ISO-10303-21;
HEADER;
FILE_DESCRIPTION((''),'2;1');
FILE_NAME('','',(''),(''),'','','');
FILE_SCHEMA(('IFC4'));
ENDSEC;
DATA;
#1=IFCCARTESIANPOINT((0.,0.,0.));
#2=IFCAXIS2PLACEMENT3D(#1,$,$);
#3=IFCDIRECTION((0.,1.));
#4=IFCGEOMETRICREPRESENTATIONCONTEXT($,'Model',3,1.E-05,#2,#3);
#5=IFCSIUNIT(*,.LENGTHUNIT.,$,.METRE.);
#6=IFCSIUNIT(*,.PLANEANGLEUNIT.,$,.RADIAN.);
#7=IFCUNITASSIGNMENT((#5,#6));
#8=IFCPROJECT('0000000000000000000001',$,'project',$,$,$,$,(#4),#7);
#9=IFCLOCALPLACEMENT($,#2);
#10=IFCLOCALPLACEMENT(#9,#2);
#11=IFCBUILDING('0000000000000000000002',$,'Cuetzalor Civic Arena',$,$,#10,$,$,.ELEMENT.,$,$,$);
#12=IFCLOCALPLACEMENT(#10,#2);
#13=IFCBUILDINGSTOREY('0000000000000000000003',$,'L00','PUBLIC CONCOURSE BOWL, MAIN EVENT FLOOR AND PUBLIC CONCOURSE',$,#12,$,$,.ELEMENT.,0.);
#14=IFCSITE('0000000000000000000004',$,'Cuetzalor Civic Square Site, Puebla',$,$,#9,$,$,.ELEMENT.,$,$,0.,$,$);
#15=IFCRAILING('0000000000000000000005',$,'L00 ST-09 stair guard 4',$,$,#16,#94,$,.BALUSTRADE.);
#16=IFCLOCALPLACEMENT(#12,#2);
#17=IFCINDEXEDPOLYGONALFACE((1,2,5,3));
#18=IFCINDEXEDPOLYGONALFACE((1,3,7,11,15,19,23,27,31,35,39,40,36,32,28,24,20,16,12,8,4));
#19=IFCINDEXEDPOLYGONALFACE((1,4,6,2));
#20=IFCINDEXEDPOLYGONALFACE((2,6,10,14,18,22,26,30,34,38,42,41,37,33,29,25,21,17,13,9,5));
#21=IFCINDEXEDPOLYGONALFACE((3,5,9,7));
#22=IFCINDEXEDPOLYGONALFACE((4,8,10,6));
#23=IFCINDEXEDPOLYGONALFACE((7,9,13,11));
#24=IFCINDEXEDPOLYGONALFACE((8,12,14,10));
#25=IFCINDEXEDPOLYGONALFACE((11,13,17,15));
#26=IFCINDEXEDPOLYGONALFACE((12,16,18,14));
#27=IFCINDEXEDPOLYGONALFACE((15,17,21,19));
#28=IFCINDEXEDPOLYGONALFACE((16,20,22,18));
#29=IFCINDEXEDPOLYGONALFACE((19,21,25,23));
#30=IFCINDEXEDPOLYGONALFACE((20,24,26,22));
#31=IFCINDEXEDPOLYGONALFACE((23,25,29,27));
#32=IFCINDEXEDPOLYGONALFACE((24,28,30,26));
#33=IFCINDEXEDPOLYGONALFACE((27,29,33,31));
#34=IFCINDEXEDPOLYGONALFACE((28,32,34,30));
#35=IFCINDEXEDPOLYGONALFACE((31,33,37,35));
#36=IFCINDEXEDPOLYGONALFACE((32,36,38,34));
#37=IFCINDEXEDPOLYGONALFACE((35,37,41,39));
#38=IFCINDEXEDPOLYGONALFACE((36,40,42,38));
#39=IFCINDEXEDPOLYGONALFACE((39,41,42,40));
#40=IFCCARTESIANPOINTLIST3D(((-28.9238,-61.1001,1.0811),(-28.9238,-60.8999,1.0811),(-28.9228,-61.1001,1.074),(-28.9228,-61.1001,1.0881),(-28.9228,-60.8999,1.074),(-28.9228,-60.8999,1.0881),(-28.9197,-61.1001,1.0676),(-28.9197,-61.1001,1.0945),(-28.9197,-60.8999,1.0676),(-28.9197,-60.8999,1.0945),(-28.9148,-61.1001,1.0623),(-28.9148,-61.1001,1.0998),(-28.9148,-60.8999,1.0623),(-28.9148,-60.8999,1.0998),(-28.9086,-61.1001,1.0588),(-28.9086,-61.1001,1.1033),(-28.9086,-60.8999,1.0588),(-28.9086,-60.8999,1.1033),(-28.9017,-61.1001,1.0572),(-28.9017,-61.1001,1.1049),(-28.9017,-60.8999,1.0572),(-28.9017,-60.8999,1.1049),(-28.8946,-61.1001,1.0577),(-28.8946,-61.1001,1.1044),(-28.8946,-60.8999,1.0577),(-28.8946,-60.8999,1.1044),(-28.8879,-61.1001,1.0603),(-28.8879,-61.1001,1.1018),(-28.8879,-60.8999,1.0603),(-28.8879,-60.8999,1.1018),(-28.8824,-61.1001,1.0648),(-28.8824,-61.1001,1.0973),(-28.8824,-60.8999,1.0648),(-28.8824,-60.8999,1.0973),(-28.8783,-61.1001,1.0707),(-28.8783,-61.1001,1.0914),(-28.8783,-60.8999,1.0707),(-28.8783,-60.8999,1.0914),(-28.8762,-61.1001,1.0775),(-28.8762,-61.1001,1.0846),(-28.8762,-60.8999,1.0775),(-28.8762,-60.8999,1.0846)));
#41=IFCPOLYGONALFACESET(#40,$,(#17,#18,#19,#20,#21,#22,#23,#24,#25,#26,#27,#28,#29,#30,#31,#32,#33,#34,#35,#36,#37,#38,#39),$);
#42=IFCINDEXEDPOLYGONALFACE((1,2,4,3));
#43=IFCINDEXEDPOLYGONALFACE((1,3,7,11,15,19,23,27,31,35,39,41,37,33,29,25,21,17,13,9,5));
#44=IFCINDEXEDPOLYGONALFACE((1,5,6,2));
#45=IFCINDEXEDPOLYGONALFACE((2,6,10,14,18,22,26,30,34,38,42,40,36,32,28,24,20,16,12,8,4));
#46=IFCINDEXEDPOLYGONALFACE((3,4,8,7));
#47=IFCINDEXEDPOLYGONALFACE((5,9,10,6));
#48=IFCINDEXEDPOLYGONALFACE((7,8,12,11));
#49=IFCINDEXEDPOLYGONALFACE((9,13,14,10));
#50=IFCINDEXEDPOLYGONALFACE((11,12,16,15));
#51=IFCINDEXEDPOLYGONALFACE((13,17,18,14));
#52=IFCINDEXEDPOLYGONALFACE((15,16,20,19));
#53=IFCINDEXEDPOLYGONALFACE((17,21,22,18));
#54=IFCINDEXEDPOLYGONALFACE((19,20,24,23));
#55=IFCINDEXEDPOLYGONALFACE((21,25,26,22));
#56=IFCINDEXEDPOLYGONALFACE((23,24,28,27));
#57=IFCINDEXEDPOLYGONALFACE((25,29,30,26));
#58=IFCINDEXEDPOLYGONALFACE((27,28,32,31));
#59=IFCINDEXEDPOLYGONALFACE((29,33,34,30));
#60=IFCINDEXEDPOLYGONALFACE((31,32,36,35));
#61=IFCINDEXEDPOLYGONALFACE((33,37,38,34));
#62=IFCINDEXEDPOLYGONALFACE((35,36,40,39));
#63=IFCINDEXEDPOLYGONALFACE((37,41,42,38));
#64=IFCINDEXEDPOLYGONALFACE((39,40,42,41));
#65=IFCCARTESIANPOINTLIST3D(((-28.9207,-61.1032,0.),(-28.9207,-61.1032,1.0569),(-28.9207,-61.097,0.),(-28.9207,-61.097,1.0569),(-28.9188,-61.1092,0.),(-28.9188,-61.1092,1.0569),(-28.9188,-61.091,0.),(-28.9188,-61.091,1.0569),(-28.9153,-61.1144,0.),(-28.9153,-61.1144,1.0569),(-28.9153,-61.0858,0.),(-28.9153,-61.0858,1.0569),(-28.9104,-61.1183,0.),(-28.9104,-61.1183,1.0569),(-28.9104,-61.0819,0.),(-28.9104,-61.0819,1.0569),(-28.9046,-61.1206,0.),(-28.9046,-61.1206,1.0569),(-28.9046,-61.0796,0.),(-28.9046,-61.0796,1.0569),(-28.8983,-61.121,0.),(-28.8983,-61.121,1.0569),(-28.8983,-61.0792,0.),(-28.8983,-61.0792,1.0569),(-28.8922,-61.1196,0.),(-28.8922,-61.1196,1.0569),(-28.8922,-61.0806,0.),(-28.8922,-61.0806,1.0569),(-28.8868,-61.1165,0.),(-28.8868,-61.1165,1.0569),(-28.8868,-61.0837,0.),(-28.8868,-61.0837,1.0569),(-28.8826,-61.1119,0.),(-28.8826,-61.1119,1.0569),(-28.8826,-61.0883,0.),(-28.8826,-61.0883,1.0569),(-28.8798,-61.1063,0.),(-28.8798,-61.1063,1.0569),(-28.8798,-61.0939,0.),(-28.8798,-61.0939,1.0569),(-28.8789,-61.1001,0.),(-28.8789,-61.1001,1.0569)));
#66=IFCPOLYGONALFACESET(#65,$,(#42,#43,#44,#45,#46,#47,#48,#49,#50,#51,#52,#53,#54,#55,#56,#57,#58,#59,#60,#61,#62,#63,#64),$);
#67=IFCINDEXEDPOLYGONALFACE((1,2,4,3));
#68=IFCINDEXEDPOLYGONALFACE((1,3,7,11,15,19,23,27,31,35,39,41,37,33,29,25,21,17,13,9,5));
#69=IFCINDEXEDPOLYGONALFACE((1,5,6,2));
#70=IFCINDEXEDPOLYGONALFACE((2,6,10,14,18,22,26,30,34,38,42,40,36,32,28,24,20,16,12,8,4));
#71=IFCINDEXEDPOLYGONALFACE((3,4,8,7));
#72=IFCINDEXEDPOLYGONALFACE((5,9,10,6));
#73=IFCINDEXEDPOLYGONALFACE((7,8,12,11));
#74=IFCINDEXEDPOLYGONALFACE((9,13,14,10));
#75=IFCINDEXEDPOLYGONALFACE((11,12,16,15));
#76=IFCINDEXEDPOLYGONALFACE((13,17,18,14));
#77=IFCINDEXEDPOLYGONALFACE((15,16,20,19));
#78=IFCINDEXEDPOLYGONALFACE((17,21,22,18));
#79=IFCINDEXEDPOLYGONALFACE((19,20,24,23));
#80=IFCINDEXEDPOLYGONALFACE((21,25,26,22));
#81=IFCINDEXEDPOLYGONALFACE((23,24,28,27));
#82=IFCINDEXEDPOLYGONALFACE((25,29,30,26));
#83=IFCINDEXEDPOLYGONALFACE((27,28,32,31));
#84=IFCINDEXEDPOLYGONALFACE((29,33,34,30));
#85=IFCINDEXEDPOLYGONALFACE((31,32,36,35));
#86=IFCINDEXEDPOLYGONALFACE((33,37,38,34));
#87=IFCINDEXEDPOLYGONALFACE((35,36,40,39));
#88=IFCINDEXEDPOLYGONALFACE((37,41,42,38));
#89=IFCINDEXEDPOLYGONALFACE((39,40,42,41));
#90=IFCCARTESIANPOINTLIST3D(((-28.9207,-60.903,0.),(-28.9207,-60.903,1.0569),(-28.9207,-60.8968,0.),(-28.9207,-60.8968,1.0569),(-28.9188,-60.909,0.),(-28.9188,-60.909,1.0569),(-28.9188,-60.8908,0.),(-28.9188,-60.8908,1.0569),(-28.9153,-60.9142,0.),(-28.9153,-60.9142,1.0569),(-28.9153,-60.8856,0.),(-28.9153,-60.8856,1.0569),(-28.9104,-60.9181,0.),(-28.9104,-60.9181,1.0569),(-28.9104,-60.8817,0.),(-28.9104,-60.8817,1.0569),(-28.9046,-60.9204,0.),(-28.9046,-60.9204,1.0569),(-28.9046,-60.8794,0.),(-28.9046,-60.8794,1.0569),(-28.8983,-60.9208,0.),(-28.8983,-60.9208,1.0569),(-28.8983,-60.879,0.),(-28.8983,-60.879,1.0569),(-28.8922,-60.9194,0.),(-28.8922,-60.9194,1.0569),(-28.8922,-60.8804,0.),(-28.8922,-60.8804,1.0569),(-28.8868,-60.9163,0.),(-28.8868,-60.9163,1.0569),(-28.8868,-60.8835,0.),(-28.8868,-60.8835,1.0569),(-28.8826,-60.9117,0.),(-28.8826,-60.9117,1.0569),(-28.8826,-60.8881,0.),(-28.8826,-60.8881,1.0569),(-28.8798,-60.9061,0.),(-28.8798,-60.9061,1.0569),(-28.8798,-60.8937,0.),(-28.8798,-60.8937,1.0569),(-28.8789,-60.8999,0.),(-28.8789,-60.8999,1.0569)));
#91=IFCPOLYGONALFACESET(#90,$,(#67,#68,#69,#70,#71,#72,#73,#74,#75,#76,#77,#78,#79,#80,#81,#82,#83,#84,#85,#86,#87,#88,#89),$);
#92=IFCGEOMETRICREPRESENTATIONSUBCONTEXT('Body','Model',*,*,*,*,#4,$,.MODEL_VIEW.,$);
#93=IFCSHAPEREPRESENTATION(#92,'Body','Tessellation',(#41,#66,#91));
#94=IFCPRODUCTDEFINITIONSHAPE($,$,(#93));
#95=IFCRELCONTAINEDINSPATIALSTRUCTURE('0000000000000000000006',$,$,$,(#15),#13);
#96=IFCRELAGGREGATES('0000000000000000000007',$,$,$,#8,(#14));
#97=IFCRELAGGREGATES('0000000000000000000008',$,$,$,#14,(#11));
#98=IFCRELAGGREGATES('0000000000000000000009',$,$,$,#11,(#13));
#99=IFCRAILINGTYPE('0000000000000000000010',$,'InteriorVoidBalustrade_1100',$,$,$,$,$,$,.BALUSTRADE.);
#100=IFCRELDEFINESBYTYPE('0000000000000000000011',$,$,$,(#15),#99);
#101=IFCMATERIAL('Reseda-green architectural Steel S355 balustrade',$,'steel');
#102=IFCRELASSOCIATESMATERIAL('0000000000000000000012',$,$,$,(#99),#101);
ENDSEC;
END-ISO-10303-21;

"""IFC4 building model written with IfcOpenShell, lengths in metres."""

from ifc_helpers import new_model, si_unit, direction, frame, origin, origin_2d, place, context, subcontext, project, spatial, circle, extrude, material, type_object, element, save


model = new_model("IFC4")

# Units and contexts
model_context = context("Model", 3, precision=1e-05, world=origin(), true_north=direction((0.0, 1.0)))
body_context = subcontext(model_context, "Body", "Model", "MODEL_VIEW")
ifc_project = project(units=[si_unit("LENGTHUNIT", "METRE"), si_unit("PLANEANGLEUNIT", "RADIAN")], contexts=[model_context])

# Site, building, storey
site_placement = place(None, origin())
site = spatial("IfcSite", under=ifc_project, at=site_placement, Name="Cuetzalor Civic Square Site, Puebla", CompositionType="ELEMENT", RefElevation=0.0)
building_placement = place(site_placement, origin())
building = spatial("IfcBuilding", under=site, at=building_placement, Name="Cuetzalor Civic Arena", CompositionType="ELEMENT")
storey_placement = place(building_placement, origin())
storey = spatial("IfcBuildingStorey", under=building, at=storey_placement, Name="L00", Description="PUBLIC CONCOURSE BOWL, MAIN EVENT FLOOR AND PUBLIC CONCOURSE", CompositionType="ELEMENT", Elevation=0.0)

# Railing
ifc_material_1 = material(Name="Reseda-green architectural Steel S355 balustrade", Category="steel")
railing_type_1 = type_object("IfcRailingType", Name="InteriorVoidBalustrade_1100", PredefinedType="BALUSTRADE", material=ifc_material_1)
railing_1_placement = place(storey_placement, frame((-28.8999, -61.1001, 0.0)))
element("IfcRailing", 1, at=railing_1_placement, inside=storey, type_object=railing_type_1, Name="L00 ST-09 stair guard 4", PredefinedType="BALUSTRADE", context=body_context, shape_type="SweptSolid", body=[
    extrude(circle(Radius=0.0239, at=origin_2d()), frame((0.0, 0.0, 1.0811), z_axis=(0.0, 1.0, 0.0), x_axis=(-1.0, 0.0, 0.0)), (0.0, 0.0, 1.0), 0.2002),
    extrude(circle(Radius=0.021, at=origin_2d()), origin(), (0.0, 0.0, 1.0), 1.0569),
    extrude(circle(Radius=0.021, at=origin_2d()), frame((0.0, 0.2002, 0.0)), (0.0, 0.0, 1.0), 1.0569),
])

save(model, "model.ifc")
